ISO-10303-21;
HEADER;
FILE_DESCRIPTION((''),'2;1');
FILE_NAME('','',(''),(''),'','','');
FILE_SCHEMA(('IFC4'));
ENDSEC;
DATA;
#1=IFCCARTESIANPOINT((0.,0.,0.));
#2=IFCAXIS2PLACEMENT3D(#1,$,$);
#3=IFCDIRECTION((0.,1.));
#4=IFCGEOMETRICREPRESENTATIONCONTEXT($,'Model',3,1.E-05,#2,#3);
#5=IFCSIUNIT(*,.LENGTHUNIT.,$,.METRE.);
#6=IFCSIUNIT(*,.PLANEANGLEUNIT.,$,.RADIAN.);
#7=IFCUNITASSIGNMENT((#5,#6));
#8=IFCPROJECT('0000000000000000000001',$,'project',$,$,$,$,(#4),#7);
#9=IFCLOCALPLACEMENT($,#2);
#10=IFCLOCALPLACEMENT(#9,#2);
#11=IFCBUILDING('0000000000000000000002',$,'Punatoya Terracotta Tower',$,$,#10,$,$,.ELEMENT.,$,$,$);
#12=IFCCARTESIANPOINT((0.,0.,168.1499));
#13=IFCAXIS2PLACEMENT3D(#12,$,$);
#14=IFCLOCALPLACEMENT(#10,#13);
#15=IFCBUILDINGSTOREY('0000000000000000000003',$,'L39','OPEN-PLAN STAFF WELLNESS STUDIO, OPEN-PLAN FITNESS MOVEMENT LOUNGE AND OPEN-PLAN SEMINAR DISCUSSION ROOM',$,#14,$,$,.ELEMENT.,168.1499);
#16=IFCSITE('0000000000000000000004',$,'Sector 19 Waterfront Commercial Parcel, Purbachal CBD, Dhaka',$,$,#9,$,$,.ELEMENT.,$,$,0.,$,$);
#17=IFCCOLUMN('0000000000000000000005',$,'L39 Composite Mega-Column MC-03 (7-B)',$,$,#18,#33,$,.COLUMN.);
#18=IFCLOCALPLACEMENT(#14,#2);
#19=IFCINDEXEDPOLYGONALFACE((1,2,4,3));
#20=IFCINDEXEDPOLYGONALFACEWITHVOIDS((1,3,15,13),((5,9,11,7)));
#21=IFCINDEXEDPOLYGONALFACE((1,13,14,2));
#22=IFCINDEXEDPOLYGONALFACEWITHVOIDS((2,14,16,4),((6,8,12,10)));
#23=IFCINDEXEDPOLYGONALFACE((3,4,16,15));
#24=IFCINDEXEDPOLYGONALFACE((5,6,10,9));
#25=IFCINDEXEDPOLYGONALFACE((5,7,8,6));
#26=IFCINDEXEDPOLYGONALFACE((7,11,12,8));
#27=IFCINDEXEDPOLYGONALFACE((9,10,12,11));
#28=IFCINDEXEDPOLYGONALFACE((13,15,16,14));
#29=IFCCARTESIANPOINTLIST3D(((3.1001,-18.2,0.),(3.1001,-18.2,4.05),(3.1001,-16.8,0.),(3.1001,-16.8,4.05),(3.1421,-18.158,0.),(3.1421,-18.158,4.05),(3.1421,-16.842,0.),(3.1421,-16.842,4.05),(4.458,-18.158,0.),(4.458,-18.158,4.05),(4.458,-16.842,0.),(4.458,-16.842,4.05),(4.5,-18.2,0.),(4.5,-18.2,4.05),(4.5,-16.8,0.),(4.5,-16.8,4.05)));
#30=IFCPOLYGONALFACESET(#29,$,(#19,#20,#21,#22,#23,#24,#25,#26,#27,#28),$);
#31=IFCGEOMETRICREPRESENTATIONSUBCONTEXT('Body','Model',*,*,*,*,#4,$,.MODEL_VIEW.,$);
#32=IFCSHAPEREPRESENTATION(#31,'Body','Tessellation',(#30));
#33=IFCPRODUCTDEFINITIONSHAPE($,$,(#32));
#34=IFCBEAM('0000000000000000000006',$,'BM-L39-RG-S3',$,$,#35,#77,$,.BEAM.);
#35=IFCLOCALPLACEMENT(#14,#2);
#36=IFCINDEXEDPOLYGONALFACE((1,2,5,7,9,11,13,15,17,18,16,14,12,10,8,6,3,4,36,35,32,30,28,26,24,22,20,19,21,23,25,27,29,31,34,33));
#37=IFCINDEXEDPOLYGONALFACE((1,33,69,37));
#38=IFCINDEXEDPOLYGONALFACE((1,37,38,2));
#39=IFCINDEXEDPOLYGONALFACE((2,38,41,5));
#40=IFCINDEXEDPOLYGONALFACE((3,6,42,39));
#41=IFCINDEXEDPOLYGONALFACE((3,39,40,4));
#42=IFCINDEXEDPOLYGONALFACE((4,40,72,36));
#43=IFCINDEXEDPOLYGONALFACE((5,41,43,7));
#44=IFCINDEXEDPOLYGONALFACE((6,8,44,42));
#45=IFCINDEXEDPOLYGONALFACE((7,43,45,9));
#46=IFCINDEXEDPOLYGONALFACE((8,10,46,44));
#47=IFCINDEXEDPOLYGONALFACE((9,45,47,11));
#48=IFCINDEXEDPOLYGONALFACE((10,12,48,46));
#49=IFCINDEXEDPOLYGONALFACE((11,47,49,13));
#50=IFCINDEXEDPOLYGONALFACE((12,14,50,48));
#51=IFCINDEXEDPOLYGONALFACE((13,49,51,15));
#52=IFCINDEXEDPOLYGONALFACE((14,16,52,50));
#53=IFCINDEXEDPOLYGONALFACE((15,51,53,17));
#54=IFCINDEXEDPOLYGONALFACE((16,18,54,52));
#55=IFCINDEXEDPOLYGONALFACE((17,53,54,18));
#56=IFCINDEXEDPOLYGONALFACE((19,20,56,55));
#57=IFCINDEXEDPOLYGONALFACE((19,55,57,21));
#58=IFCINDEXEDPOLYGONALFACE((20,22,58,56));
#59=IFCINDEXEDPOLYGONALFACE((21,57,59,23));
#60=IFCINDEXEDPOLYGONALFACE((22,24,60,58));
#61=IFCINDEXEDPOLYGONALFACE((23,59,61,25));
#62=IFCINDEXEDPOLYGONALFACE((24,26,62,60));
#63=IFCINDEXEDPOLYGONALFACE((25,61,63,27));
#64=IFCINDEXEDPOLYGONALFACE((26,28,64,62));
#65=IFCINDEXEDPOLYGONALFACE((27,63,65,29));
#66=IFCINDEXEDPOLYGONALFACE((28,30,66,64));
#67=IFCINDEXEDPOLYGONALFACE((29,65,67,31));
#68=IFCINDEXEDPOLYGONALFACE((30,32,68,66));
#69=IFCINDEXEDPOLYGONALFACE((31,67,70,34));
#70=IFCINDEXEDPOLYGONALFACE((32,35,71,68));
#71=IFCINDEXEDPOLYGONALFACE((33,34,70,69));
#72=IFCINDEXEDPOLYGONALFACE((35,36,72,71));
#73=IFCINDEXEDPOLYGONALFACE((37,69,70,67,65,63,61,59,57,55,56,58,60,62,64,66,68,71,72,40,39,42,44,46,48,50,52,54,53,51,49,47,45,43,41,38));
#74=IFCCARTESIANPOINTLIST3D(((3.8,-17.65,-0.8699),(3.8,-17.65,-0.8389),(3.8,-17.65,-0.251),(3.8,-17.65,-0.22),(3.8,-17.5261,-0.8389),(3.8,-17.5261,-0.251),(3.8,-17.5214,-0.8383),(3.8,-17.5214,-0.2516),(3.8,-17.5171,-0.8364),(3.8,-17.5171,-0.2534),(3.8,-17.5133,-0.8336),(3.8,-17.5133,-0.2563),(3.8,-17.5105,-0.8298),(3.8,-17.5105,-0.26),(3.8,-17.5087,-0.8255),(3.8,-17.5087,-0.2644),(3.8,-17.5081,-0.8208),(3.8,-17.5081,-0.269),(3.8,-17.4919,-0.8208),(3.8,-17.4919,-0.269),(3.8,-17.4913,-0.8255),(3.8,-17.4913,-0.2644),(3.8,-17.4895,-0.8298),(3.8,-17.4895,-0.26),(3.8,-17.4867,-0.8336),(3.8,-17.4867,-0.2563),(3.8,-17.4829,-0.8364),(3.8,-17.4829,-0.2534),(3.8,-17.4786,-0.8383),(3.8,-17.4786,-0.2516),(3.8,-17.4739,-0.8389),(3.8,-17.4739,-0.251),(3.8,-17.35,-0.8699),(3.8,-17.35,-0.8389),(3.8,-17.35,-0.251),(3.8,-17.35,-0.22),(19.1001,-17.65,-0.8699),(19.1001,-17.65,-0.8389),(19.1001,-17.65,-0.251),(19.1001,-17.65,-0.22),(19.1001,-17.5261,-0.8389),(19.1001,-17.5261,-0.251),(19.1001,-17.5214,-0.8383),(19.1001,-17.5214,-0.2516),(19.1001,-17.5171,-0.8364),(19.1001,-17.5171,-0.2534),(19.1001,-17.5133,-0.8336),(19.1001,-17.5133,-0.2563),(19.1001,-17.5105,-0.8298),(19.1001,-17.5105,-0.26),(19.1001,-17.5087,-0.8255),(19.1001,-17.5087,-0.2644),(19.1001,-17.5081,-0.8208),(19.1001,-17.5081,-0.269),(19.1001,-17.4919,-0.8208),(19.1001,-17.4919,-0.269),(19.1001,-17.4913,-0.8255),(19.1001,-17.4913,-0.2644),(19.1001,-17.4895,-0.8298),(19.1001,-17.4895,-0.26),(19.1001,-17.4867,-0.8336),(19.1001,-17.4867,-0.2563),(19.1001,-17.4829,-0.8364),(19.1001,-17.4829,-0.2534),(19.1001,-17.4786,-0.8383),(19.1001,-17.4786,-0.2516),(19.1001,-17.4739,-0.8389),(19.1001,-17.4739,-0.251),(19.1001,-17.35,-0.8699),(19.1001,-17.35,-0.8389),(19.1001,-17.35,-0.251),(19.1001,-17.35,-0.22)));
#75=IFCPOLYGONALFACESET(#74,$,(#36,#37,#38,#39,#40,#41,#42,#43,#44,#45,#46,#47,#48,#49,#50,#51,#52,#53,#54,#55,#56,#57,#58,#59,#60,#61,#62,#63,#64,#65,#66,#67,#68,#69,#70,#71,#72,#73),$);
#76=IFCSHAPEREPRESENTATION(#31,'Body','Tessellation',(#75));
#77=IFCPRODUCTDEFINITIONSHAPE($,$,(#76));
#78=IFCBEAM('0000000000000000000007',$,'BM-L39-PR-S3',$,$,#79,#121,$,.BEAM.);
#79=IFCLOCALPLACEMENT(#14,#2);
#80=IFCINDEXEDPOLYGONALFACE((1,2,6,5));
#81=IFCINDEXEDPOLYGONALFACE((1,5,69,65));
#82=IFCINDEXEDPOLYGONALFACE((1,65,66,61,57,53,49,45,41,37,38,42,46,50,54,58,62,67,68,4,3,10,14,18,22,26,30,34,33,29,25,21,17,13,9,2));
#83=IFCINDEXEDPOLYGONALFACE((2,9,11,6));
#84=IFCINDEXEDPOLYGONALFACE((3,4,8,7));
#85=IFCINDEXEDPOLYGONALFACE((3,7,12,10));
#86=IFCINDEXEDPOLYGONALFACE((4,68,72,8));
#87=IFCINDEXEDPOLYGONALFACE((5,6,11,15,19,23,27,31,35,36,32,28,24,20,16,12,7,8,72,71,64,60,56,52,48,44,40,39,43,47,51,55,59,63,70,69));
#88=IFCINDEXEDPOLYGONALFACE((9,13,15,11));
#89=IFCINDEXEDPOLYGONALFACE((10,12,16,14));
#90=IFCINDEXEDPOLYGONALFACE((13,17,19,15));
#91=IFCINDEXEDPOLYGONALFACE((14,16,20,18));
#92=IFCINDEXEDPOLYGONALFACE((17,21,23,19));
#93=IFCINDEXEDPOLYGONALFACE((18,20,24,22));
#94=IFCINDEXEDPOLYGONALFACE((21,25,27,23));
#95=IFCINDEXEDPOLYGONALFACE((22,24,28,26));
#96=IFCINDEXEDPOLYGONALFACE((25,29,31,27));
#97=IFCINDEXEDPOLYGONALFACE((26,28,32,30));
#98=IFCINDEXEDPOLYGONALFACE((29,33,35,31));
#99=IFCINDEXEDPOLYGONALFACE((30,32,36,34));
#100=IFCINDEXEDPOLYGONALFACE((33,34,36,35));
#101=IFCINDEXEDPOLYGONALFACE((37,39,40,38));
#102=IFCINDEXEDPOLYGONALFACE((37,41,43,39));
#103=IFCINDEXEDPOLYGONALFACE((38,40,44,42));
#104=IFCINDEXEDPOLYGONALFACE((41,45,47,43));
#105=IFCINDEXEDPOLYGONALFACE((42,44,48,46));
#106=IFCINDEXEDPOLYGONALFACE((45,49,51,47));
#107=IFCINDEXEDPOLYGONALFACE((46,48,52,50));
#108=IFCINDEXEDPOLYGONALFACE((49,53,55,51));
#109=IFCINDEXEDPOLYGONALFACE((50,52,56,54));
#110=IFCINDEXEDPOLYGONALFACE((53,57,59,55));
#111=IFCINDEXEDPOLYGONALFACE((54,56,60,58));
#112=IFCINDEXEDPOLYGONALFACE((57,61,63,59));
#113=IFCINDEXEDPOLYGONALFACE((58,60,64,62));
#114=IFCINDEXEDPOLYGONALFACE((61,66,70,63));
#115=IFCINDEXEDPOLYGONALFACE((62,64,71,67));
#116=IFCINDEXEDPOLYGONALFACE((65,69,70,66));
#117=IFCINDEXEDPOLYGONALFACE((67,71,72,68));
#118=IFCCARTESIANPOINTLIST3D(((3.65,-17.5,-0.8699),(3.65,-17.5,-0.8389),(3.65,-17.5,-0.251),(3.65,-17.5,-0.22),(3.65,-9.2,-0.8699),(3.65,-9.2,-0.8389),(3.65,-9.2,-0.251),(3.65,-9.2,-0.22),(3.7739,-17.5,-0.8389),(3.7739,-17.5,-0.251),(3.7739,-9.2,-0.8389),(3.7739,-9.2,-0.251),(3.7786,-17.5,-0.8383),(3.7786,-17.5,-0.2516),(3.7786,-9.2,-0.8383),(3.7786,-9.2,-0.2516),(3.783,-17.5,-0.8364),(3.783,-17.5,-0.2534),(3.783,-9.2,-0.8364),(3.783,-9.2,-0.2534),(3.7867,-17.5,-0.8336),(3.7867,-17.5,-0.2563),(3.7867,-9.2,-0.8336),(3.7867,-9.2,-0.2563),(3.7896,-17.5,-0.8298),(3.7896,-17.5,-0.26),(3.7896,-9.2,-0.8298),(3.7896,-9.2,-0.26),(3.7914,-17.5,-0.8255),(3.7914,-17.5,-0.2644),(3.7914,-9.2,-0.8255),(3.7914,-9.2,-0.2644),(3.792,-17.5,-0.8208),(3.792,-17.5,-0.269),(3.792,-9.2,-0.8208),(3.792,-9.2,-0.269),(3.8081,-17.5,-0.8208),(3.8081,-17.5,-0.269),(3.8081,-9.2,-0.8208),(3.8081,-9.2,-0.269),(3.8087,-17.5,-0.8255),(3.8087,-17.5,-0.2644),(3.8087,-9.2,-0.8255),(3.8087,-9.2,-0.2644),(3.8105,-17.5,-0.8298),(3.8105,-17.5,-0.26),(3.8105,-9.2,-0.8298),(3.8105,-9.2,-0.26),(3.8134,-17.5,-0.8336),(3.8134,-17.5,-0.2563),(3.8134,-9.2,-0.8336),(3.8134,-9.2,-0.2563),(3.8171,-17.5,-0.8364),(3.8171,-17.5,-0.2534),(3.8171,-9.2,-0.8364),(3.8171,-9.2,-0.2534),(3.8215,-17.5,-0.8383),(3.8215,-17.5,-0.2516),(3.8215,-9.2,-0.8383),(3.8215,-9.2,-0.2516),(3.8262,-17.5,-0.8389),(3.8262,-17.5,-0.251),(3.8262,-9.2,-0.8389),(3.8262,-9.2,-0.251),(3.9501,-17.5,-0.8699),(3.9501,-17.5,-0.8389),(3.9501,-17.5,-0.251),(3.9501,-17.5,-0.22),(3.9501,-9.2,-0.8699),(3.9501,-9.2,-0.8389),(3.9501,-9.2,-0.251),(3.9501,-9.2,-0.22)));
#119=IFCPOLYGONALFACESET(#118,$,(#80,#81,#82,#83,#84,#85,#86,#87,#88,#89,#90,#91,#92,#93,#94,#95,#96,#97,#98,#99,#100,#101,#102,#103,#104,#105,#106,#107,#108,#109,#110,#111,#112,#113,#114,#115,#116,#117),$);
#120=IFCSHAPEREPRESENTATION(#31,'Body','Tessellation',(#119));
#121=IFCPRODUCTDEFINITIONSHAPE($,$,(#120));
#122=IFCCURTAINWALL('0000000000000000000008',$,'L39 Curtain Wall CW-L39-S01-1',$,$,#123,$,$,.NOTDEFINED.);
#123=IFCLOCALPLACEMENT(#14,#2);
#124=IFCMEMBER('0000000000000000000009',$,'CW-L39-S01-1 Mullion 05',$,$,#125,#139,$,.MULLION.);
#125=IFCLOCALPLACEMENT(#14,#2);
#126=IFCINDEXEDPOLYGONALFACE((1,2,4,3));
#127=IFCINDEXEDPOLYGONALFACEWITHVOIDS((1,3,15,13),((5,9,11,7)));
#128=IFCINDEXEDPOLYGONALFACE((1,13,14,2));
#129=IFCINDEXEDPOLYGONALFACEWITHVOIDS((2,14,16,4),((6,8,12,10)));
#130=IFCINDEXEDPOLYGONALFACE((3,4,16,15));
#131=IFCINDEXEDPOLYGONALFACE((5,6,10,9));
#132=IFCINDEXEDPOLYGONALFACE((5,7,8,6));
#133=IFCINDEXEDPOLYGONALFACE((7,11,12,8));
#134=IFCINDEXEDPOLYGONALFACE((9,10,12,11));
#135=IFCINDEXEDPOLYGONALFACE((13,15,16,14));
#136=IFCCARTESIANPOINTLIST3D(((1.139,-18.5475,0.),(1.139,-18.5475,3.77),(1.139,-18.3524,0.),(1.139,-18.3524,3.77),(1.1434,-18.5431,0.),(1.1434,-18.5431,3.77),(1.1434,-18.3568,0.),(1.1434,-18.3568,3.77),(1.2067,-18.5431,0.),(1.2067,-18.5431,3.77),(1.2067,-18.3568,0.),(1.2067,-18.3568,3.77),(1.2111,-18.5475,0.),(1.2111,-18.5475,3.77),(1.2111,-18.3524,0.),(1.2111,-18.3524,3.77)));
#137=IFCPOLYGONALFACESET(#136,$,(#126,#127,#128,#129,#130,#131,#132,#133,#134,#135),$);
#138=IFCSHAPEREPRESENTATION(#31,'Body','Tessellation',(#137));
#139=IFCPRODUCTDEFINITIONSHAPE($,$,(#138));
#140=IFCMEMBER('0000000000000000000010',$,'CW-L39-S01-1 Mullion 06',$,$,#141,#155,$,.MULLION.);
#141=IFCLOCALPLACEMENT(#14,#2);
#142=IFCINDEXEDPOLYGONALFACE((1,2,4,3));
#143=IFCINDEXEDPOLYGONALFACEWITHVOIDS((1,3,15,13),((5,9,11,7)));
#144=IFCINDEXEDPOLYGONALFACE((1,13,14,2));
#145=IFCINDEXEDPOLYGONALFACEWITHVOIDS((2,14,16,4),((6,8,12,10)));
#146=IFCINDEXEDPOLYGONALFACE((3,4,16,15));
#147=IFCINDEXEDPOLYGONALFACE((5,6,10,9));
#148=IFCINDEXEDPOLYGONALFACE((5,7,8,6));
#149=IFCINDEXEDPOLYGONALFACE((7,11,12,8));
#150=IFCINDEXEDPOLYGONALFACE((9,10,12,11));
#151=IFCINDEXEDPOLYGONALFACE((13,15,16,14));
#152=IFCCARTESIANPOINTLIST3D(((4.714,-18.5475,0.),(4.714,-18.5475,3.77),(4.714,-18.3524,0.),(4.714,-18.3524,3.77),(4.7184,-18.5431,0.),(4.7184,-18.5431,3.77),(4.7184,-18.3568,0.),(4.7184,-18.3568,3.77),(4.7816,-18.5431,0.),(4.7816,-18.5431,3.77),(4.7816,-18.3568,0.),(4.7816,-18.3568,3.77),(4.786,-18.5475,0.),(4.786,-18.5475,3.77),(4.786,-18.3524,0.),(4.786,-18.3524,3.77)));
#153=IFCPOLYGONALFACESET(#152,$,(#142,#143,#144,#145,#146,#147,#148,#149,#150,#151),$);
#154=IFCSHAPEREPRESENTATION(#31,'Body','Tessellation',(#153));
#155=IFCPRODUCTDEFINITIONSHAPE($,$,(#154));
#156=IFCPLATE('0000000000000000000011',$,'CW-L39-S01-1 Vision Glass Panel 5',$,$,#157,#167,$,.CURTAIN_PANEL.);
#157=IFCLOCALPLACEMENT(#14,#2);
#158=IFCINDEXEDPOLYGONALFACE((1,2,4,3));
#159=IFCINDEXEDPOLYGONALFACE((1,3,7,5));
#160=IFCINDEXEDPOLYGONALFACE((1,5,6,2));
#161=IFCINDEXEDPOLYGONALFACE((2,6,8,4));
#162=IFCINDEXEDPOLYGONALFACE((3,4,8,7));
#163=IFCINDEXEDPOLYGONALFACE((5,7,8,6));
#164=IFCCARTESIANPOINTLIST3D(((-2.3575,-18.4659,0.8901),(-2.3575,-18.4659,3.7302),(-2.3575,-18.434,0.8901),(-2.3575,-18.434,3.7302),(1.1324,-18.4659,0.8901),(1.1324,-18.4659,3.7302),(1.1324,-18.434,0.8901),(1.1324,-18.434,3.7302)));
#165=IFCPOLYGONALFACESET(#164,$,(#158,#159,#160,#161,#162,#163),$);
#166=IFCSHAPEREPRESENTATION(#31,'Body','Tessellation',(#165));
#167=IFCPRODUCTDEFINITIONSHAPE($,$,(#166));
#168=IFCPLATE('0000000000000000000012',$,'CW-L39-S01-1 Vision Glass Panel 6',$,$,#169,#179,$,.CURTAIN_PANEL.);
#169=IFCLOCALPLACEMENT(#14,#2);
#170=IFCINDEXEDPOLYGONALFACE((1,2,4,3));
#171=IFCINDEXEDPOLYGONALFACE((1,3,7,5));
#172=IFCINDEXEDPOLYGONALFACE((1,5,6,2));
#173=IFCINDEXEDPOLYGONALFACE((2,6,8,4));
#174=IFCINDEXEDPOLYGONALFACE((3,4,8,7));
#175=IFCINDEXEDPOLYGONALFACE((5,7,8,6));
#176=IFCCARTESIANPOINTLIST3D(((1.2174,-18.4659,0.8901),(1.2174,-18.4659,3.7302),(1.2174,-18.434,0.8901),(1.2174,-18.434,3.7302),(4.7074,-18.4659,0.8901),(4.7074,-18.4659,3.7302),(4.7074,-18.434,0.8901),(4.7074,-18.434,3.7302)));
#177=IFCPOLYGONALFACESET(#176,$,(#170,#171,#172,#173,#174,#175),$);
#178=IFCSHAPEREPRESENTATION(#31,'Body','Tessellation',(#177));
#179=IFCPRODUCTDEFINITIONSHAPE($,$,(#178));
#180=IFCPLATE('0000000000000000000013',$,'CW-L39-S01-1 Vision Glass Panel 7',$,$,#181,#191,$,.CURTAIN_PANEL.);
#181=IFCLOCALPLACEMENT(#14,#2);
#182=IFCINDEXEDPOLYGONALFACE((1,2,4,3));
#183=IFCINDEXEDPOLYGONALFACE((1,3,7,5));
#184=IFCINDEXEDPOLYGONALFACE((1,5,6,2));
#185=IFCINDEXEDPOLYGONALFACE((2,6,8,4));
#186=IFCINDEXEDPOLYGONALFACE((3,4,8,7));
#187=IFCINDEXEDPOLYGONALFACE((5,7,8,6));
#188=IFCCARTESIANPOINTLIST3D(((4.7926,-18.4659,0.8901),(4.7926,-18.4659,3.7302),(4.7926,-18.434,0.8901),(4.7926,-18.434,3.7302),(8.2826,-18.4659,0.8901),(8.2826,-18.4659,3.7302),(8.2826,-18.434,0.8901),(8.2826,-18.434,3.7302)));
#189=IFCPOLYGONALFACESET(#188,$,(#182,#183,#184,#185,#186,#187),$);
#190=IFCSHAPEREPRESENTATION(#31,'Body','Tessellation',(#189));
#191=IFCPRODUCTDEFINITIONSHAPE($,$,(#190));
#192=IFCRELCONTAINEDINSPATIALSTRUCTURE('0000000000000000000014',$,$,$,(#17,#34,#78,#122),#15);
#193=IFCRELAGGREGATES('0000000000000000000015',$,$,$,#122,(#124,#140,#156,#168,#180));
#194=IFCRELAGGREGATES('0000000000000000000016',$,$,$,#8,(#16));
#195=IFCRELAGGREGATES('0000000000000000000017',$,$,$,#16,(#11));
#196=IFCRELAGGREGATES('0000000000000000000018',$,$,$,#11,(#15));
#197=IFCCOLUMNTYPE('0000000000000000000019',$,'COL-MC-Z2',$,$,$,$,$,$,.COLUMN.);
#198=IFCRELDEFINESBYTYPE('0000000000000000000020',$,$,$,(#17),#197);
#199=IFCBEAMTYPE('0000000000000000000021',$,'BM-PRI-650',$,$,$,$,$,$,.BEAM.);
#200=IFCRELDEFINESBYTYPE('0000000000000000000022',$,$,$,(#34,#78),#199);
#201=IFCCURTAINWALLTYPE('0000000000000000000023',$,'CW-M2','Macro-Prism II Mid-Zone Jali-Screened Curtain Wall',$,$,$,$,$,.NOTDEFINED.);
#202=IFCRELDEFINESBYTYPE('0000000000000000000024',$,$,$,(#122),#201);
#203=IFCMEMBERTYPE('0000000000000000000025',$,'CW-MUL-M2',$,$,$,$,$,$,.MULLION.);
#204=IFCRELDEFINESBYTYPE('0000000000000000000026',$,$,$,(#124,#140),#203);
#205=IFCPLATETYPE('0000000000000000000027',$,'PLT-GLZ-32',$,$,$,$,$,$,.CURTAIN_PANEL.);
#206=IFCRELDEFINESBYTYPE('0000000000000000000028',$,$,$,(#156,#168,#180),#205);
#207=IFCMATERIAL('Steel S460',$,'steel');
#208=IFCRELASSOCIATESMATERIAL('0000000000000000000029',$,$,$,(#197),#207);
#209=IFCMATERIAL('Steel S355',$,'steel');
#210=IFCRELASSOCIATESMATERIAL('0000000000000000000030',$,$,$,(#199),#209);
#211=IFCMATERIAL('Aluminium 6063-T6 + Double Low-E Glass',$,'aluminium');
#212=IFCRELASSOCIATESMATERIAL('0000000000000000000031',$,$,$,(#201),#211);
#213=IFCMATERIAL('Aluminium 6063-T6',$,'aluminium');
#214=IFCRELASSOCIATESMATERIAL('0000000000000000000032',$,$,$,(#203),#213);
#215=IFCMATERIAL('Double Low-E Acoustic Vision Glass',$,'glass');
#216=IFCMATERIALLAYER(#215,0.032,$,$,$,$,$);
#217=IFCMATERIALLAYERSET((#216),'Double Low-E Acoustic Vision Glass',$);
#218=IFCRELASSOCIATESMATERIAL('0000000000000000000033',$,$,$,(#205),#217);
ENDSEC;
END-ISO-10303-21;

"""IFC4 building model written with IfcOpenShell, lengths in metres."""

from ifc_helpers import new_model, si_unit, direction, frame, origin, origin_2d, place, context, subcontext, project, spatial, rectangle, hollow_rectangle, i_section, extrude, material, layer, layer_set, material_profile, profile_set, type_object, element, aggregate, save


model = new_model("IFC4")

# Units and contexts
model_context = context("Model", 3, precision=1e-05, world=origin(), true_north=direction((0.0, 1.0)))
body_context = subcontext(model_context, "Body", "Model", "MODEL_VIEW")
ifc_project = project(units=[si_unit("LENGTHUNIT", "METRE"), si_unit("PLANEANGLEUNIT", "RADIAN")], contexts=[model_context])

# Site, building, storey
site_placement = place(None, origin())
site = spatial("IfcSite", under=ifc_project, at=site_placement, Name="Sector 19 Waterfront Commercial Parcel, Purbachal CBD, Dhaka", CompositionType="ELEMENT", RefElevation=0.0)
building_placement = place(site_placement, origin())
building = spatial("IfcBuilding", under=site, at=building_placement, Name="Punatoya Terracotta Tower", CompositionType="ELEMENT")
storey_placement = place(building_placement, frame((0.0, 0.0, 168.1499)))
storey = spatial("IfcBuildingStorey", under=building, at=storey_placement, Name="L39", Description="OPEN-PLAN STAFF WELLNESS STUDIO, OPEN-PLAN FITNESS MOVEMENT LOUNGE AND OPEN-PLAN SEMINAR DISCUSSION ROOM", CompositionType="ELEMENT", Elevation=168.1499)

# Column
ifc_material_1 = material(Name="Steel S460", Category="steel")
ifc_material_profile_1 = material_profile(ifc_material_1, hollow_rectangle(XDim=1.3999, YDim=1.3999, WallThickness=0.042, at=origin_2d()))
ifc_profile_set_1 = profile_set([ifc_material_profile_1], Name="Steel S460")
column_type = type_object("IfcColumnType", Name="COL-MC-Z2", PredefinedType="COLUMN", material=ifc_profile_set_1)
column_placement = place(storey_placement, frame((3.8, -17.5, 0.0), z_axis=(0.0, 0.0, 1.0), x_axis=(1.0, 0.0, 0.0)))
element("IfcColumn", 1, at=column_placement, inside=storey, type_object=column_type, Name="L39 Composite Mega-Column MC-03 (7-B)", PredefinedType="COLUMN", context=body_context, shape_type="SweptSolid", body=[
    extrude(hollow_rectangle(XDim=1.3999, YDim=1.3999, WallThickness=0.042, at=origin_2d()), origin(), (0.0, 0.0, 1.0), 4.05),
])

# Beams
ifc_material_2 = material(Name="Steel S355", Category="steel")
ifc_material_profile_2 = material_profile(ifc_material_2, i_section(OverallWidth=0.3, OverallDepth=0.6499, WebThickness=0.0161, FlangeThickness=0.031, FilletRadius=0.0181, at=origin_2d()))
ifc_profile_set_2 = profile_set([ifc_material_profile_2], Name="Steel S355")
beam_type = type_object("IfcBeamType", Name="BM-PRI-650", PredefinedType="BEAM", material=ifc_profile_set_2)
beam_1_placement = place(storey_placement, frame((3.8, -17.5, -0.5449), z_axis=(1.0, 0.0, 0.0), x_axis=(0.0, 1.0, 0.0)))
element("IfcBeam", 2, at=beam_1_placement, inside=storey, type_object=beam_type, Name="BM-L39-RG-S3", PredefinedType="BEAM", context=body_context, shape_type="SweptSolid", body=[
    extrude(i_section(OverallWidth=0.3, OverallDepth=0.6499, WebThickness=0.0161, FlangeThickness=0.031, FilletRadius=0.0181, at=origin_2d()), origin(), (0.0, 0.0, 1.0), 15.3),
])
beam_2_placement = place(storey_placement, frame((3.8, -17.5, -0.5449), z_axis=(0.0, 1.0, 0.0), x_axis=(-1.0, 0.0, 0.0)))
element("IfcBeam", 3, at=beam_2_placement, inside=storey, type_object=beam_type, Name="BM-L39-PR-S3", PredefinedType="BEAM", context=body_context, shape_type="SweptSolid", body=[
    extrude(i_section(OverallWidth=0.3, OverallDepth=0.6499, WebThickness=0.0161, FlangeThickness=0.031, FilletRadius=0.0181, at=origin_2d()), origin(), (0.0, 0.0, 1.0), 8.3),
])

# Curtain wall, members, plates
ifc_material_3 = material(Name="Aluminium 6063-T6 + Double Low-E Glass", Category="aluminium")
curtain_wall_type = type_object("IfcCurtainWallType", Name="CW-M2", Description="Macro-Prism II Mid-Zone Jali-Screened Curtain Wall", PredefinedType="NOTDEFINED", material=ifc_material_3)
curtain_wall_placement = place(storey_placement, origin())
curtain_wall = element("IfcCurtainWall", 4, at=curtain_wall_placement, inside=storey, type_object=curtain_wall_type, Name="L39 Curtain Wall CW-L39-S01-1", PredefinedType="NOTDEFINED")
ifc_material_4 = material(Name="Aluminium 6063-T6", Category="aluminium")
ifc_material_profile_3 = material_profile(ifc_material_4, hollow_rectangle(XDim=0.072, YDim=0.1951, WallThickness=0.0044, at=origin_2d()))
ifc_profile_set_3 = profile_set([ifc_material_profile_3], Name="Aluminium 6063-T6")
member_type = type_object("IfcMemberType", Name="CW-MUL-M2", PredefinedType="MULLION", material=ifc_profile_set_3)
member_1_placement = place(storey_placement, frame((1.175, -18.45, 0.0), z_axis=(0.0, 0.0, 1.0), x_axis=(1.0, 0.0, 0.0)))
member_1 = element("IfcMember", 5, at=member_1_placement, type_object=member_type, Name="CW-L39-S01-1 Mullion 05", PredefinedType="MULLION", context=body_context, shape_type="SweptSolid", body=[
    extrude(hollow_rectangle(XDim=0.072, YDim=0.1951, WallThickness=0.0044, at=origin_2d()), origin(), (0.0, 0.0, 1.0), 3.77),
])
member_2_placement = place(storey_placement, frame((4.75, -18.45, 0.0), z_axis=(0.0, 0.0, 1.0), x_axis=(1.0, 0.0, 0.0)))
member_2 = element("IfcMember", 6, at=member_2_placement, type_object=member_type, Name="CW-L39-S01-1 Mullion 06", PredefinedType="MULLION", context=body_context, shape_type="SweptSolid", body=[
    extrude(hollow_rectangle(XDim=0.072, YDim=0.1951, WallThickness=0.0044, at=origin_2d()), origin(), (0.0, 0.0, 1.0), 3.77),
])
ifc_material_5 = material(Name="Double Low-E Acoustic Vision Glass", Category="glass")
ifc_layer_1 = layer(ifc_material_5, 0.032)
ifc_layer_set_1 = layer_set([ifc_layer_1], Name="Double Low-E Acoustic Vision Glass")
plate_type_1 = type_object("IfcPlateType", Name="PLT-GLZ-32", PredefinedType="CURTAIN_PANEL", material=ifc_layer_set_1)
plate_1_placement = place(storey_placement, frame((-0.6125, -18.45, 0.8901), z_axis=(0.0, 0.0, 1.0), x_axis=(1.0, 0.0, 0.0)))
plate_1 = element("IfcPlate", 7, at=plate_1_placement, type_object=plate_type_1, Name="CW-L39-S01-1 Vision Glass Panel 5", PredefinedType="CURTAIN_PANEL", context=body_context, shape_type="SweptSolid", body=[
    extrude(rectangle(XDim=3.49, YDim=0.032, at=origin_2d()), origin(), (0.0, 0.0, 1.0), 2.8401),
])
plate_2_placement = place(storey_placement, frame((2.9624, -18.45, 0.8901), z_axis=(0.0, 0.0, 1.0), x_axis=(1.0, 0.0, 0.0)))
plate_2 = element("IfcPlate", 8, at=plate_2_placement, type_object=plate_type_1, Name="CW-L39-S01-1 Vision Glass Panel 6", PredefinedType="CURTAIN_PANEL", context=body_context, shape_type="SweptSolid", body=[
    extrude(rectangle(XDim=3.49, YDim=0.032, at=origin_2d()), origin(), (0.0, 0.0, 1.0), 2.8401),
])
plate_3_placement = place(storey_placement, frame((6.5376, -18.45, 0.8901), z_axis=(0.0, 0.0, 1.0), x_axis=(1.0, 0.0, 0.0)))
plate_3 = element("IfcPlate", 9, at=plate_3_placement, type_object=plate_type_1, Name="CW-L39-S01-1 Vision Glass Panel 7", PredefinedType="CURTAIN_PANEL", context=body_context, shape_type="SweptSolid", body=[
    extrude(rectangle(XDim=3.49, YDim=0.032, at=origin_2d()), origin(), (0.0, 0.0, 1.0), 2.8401),
])
aggregate(curtain_wall, [member_1, member_2, plate_1, plate_2, plate_3])

save(model, "model.ifc")
